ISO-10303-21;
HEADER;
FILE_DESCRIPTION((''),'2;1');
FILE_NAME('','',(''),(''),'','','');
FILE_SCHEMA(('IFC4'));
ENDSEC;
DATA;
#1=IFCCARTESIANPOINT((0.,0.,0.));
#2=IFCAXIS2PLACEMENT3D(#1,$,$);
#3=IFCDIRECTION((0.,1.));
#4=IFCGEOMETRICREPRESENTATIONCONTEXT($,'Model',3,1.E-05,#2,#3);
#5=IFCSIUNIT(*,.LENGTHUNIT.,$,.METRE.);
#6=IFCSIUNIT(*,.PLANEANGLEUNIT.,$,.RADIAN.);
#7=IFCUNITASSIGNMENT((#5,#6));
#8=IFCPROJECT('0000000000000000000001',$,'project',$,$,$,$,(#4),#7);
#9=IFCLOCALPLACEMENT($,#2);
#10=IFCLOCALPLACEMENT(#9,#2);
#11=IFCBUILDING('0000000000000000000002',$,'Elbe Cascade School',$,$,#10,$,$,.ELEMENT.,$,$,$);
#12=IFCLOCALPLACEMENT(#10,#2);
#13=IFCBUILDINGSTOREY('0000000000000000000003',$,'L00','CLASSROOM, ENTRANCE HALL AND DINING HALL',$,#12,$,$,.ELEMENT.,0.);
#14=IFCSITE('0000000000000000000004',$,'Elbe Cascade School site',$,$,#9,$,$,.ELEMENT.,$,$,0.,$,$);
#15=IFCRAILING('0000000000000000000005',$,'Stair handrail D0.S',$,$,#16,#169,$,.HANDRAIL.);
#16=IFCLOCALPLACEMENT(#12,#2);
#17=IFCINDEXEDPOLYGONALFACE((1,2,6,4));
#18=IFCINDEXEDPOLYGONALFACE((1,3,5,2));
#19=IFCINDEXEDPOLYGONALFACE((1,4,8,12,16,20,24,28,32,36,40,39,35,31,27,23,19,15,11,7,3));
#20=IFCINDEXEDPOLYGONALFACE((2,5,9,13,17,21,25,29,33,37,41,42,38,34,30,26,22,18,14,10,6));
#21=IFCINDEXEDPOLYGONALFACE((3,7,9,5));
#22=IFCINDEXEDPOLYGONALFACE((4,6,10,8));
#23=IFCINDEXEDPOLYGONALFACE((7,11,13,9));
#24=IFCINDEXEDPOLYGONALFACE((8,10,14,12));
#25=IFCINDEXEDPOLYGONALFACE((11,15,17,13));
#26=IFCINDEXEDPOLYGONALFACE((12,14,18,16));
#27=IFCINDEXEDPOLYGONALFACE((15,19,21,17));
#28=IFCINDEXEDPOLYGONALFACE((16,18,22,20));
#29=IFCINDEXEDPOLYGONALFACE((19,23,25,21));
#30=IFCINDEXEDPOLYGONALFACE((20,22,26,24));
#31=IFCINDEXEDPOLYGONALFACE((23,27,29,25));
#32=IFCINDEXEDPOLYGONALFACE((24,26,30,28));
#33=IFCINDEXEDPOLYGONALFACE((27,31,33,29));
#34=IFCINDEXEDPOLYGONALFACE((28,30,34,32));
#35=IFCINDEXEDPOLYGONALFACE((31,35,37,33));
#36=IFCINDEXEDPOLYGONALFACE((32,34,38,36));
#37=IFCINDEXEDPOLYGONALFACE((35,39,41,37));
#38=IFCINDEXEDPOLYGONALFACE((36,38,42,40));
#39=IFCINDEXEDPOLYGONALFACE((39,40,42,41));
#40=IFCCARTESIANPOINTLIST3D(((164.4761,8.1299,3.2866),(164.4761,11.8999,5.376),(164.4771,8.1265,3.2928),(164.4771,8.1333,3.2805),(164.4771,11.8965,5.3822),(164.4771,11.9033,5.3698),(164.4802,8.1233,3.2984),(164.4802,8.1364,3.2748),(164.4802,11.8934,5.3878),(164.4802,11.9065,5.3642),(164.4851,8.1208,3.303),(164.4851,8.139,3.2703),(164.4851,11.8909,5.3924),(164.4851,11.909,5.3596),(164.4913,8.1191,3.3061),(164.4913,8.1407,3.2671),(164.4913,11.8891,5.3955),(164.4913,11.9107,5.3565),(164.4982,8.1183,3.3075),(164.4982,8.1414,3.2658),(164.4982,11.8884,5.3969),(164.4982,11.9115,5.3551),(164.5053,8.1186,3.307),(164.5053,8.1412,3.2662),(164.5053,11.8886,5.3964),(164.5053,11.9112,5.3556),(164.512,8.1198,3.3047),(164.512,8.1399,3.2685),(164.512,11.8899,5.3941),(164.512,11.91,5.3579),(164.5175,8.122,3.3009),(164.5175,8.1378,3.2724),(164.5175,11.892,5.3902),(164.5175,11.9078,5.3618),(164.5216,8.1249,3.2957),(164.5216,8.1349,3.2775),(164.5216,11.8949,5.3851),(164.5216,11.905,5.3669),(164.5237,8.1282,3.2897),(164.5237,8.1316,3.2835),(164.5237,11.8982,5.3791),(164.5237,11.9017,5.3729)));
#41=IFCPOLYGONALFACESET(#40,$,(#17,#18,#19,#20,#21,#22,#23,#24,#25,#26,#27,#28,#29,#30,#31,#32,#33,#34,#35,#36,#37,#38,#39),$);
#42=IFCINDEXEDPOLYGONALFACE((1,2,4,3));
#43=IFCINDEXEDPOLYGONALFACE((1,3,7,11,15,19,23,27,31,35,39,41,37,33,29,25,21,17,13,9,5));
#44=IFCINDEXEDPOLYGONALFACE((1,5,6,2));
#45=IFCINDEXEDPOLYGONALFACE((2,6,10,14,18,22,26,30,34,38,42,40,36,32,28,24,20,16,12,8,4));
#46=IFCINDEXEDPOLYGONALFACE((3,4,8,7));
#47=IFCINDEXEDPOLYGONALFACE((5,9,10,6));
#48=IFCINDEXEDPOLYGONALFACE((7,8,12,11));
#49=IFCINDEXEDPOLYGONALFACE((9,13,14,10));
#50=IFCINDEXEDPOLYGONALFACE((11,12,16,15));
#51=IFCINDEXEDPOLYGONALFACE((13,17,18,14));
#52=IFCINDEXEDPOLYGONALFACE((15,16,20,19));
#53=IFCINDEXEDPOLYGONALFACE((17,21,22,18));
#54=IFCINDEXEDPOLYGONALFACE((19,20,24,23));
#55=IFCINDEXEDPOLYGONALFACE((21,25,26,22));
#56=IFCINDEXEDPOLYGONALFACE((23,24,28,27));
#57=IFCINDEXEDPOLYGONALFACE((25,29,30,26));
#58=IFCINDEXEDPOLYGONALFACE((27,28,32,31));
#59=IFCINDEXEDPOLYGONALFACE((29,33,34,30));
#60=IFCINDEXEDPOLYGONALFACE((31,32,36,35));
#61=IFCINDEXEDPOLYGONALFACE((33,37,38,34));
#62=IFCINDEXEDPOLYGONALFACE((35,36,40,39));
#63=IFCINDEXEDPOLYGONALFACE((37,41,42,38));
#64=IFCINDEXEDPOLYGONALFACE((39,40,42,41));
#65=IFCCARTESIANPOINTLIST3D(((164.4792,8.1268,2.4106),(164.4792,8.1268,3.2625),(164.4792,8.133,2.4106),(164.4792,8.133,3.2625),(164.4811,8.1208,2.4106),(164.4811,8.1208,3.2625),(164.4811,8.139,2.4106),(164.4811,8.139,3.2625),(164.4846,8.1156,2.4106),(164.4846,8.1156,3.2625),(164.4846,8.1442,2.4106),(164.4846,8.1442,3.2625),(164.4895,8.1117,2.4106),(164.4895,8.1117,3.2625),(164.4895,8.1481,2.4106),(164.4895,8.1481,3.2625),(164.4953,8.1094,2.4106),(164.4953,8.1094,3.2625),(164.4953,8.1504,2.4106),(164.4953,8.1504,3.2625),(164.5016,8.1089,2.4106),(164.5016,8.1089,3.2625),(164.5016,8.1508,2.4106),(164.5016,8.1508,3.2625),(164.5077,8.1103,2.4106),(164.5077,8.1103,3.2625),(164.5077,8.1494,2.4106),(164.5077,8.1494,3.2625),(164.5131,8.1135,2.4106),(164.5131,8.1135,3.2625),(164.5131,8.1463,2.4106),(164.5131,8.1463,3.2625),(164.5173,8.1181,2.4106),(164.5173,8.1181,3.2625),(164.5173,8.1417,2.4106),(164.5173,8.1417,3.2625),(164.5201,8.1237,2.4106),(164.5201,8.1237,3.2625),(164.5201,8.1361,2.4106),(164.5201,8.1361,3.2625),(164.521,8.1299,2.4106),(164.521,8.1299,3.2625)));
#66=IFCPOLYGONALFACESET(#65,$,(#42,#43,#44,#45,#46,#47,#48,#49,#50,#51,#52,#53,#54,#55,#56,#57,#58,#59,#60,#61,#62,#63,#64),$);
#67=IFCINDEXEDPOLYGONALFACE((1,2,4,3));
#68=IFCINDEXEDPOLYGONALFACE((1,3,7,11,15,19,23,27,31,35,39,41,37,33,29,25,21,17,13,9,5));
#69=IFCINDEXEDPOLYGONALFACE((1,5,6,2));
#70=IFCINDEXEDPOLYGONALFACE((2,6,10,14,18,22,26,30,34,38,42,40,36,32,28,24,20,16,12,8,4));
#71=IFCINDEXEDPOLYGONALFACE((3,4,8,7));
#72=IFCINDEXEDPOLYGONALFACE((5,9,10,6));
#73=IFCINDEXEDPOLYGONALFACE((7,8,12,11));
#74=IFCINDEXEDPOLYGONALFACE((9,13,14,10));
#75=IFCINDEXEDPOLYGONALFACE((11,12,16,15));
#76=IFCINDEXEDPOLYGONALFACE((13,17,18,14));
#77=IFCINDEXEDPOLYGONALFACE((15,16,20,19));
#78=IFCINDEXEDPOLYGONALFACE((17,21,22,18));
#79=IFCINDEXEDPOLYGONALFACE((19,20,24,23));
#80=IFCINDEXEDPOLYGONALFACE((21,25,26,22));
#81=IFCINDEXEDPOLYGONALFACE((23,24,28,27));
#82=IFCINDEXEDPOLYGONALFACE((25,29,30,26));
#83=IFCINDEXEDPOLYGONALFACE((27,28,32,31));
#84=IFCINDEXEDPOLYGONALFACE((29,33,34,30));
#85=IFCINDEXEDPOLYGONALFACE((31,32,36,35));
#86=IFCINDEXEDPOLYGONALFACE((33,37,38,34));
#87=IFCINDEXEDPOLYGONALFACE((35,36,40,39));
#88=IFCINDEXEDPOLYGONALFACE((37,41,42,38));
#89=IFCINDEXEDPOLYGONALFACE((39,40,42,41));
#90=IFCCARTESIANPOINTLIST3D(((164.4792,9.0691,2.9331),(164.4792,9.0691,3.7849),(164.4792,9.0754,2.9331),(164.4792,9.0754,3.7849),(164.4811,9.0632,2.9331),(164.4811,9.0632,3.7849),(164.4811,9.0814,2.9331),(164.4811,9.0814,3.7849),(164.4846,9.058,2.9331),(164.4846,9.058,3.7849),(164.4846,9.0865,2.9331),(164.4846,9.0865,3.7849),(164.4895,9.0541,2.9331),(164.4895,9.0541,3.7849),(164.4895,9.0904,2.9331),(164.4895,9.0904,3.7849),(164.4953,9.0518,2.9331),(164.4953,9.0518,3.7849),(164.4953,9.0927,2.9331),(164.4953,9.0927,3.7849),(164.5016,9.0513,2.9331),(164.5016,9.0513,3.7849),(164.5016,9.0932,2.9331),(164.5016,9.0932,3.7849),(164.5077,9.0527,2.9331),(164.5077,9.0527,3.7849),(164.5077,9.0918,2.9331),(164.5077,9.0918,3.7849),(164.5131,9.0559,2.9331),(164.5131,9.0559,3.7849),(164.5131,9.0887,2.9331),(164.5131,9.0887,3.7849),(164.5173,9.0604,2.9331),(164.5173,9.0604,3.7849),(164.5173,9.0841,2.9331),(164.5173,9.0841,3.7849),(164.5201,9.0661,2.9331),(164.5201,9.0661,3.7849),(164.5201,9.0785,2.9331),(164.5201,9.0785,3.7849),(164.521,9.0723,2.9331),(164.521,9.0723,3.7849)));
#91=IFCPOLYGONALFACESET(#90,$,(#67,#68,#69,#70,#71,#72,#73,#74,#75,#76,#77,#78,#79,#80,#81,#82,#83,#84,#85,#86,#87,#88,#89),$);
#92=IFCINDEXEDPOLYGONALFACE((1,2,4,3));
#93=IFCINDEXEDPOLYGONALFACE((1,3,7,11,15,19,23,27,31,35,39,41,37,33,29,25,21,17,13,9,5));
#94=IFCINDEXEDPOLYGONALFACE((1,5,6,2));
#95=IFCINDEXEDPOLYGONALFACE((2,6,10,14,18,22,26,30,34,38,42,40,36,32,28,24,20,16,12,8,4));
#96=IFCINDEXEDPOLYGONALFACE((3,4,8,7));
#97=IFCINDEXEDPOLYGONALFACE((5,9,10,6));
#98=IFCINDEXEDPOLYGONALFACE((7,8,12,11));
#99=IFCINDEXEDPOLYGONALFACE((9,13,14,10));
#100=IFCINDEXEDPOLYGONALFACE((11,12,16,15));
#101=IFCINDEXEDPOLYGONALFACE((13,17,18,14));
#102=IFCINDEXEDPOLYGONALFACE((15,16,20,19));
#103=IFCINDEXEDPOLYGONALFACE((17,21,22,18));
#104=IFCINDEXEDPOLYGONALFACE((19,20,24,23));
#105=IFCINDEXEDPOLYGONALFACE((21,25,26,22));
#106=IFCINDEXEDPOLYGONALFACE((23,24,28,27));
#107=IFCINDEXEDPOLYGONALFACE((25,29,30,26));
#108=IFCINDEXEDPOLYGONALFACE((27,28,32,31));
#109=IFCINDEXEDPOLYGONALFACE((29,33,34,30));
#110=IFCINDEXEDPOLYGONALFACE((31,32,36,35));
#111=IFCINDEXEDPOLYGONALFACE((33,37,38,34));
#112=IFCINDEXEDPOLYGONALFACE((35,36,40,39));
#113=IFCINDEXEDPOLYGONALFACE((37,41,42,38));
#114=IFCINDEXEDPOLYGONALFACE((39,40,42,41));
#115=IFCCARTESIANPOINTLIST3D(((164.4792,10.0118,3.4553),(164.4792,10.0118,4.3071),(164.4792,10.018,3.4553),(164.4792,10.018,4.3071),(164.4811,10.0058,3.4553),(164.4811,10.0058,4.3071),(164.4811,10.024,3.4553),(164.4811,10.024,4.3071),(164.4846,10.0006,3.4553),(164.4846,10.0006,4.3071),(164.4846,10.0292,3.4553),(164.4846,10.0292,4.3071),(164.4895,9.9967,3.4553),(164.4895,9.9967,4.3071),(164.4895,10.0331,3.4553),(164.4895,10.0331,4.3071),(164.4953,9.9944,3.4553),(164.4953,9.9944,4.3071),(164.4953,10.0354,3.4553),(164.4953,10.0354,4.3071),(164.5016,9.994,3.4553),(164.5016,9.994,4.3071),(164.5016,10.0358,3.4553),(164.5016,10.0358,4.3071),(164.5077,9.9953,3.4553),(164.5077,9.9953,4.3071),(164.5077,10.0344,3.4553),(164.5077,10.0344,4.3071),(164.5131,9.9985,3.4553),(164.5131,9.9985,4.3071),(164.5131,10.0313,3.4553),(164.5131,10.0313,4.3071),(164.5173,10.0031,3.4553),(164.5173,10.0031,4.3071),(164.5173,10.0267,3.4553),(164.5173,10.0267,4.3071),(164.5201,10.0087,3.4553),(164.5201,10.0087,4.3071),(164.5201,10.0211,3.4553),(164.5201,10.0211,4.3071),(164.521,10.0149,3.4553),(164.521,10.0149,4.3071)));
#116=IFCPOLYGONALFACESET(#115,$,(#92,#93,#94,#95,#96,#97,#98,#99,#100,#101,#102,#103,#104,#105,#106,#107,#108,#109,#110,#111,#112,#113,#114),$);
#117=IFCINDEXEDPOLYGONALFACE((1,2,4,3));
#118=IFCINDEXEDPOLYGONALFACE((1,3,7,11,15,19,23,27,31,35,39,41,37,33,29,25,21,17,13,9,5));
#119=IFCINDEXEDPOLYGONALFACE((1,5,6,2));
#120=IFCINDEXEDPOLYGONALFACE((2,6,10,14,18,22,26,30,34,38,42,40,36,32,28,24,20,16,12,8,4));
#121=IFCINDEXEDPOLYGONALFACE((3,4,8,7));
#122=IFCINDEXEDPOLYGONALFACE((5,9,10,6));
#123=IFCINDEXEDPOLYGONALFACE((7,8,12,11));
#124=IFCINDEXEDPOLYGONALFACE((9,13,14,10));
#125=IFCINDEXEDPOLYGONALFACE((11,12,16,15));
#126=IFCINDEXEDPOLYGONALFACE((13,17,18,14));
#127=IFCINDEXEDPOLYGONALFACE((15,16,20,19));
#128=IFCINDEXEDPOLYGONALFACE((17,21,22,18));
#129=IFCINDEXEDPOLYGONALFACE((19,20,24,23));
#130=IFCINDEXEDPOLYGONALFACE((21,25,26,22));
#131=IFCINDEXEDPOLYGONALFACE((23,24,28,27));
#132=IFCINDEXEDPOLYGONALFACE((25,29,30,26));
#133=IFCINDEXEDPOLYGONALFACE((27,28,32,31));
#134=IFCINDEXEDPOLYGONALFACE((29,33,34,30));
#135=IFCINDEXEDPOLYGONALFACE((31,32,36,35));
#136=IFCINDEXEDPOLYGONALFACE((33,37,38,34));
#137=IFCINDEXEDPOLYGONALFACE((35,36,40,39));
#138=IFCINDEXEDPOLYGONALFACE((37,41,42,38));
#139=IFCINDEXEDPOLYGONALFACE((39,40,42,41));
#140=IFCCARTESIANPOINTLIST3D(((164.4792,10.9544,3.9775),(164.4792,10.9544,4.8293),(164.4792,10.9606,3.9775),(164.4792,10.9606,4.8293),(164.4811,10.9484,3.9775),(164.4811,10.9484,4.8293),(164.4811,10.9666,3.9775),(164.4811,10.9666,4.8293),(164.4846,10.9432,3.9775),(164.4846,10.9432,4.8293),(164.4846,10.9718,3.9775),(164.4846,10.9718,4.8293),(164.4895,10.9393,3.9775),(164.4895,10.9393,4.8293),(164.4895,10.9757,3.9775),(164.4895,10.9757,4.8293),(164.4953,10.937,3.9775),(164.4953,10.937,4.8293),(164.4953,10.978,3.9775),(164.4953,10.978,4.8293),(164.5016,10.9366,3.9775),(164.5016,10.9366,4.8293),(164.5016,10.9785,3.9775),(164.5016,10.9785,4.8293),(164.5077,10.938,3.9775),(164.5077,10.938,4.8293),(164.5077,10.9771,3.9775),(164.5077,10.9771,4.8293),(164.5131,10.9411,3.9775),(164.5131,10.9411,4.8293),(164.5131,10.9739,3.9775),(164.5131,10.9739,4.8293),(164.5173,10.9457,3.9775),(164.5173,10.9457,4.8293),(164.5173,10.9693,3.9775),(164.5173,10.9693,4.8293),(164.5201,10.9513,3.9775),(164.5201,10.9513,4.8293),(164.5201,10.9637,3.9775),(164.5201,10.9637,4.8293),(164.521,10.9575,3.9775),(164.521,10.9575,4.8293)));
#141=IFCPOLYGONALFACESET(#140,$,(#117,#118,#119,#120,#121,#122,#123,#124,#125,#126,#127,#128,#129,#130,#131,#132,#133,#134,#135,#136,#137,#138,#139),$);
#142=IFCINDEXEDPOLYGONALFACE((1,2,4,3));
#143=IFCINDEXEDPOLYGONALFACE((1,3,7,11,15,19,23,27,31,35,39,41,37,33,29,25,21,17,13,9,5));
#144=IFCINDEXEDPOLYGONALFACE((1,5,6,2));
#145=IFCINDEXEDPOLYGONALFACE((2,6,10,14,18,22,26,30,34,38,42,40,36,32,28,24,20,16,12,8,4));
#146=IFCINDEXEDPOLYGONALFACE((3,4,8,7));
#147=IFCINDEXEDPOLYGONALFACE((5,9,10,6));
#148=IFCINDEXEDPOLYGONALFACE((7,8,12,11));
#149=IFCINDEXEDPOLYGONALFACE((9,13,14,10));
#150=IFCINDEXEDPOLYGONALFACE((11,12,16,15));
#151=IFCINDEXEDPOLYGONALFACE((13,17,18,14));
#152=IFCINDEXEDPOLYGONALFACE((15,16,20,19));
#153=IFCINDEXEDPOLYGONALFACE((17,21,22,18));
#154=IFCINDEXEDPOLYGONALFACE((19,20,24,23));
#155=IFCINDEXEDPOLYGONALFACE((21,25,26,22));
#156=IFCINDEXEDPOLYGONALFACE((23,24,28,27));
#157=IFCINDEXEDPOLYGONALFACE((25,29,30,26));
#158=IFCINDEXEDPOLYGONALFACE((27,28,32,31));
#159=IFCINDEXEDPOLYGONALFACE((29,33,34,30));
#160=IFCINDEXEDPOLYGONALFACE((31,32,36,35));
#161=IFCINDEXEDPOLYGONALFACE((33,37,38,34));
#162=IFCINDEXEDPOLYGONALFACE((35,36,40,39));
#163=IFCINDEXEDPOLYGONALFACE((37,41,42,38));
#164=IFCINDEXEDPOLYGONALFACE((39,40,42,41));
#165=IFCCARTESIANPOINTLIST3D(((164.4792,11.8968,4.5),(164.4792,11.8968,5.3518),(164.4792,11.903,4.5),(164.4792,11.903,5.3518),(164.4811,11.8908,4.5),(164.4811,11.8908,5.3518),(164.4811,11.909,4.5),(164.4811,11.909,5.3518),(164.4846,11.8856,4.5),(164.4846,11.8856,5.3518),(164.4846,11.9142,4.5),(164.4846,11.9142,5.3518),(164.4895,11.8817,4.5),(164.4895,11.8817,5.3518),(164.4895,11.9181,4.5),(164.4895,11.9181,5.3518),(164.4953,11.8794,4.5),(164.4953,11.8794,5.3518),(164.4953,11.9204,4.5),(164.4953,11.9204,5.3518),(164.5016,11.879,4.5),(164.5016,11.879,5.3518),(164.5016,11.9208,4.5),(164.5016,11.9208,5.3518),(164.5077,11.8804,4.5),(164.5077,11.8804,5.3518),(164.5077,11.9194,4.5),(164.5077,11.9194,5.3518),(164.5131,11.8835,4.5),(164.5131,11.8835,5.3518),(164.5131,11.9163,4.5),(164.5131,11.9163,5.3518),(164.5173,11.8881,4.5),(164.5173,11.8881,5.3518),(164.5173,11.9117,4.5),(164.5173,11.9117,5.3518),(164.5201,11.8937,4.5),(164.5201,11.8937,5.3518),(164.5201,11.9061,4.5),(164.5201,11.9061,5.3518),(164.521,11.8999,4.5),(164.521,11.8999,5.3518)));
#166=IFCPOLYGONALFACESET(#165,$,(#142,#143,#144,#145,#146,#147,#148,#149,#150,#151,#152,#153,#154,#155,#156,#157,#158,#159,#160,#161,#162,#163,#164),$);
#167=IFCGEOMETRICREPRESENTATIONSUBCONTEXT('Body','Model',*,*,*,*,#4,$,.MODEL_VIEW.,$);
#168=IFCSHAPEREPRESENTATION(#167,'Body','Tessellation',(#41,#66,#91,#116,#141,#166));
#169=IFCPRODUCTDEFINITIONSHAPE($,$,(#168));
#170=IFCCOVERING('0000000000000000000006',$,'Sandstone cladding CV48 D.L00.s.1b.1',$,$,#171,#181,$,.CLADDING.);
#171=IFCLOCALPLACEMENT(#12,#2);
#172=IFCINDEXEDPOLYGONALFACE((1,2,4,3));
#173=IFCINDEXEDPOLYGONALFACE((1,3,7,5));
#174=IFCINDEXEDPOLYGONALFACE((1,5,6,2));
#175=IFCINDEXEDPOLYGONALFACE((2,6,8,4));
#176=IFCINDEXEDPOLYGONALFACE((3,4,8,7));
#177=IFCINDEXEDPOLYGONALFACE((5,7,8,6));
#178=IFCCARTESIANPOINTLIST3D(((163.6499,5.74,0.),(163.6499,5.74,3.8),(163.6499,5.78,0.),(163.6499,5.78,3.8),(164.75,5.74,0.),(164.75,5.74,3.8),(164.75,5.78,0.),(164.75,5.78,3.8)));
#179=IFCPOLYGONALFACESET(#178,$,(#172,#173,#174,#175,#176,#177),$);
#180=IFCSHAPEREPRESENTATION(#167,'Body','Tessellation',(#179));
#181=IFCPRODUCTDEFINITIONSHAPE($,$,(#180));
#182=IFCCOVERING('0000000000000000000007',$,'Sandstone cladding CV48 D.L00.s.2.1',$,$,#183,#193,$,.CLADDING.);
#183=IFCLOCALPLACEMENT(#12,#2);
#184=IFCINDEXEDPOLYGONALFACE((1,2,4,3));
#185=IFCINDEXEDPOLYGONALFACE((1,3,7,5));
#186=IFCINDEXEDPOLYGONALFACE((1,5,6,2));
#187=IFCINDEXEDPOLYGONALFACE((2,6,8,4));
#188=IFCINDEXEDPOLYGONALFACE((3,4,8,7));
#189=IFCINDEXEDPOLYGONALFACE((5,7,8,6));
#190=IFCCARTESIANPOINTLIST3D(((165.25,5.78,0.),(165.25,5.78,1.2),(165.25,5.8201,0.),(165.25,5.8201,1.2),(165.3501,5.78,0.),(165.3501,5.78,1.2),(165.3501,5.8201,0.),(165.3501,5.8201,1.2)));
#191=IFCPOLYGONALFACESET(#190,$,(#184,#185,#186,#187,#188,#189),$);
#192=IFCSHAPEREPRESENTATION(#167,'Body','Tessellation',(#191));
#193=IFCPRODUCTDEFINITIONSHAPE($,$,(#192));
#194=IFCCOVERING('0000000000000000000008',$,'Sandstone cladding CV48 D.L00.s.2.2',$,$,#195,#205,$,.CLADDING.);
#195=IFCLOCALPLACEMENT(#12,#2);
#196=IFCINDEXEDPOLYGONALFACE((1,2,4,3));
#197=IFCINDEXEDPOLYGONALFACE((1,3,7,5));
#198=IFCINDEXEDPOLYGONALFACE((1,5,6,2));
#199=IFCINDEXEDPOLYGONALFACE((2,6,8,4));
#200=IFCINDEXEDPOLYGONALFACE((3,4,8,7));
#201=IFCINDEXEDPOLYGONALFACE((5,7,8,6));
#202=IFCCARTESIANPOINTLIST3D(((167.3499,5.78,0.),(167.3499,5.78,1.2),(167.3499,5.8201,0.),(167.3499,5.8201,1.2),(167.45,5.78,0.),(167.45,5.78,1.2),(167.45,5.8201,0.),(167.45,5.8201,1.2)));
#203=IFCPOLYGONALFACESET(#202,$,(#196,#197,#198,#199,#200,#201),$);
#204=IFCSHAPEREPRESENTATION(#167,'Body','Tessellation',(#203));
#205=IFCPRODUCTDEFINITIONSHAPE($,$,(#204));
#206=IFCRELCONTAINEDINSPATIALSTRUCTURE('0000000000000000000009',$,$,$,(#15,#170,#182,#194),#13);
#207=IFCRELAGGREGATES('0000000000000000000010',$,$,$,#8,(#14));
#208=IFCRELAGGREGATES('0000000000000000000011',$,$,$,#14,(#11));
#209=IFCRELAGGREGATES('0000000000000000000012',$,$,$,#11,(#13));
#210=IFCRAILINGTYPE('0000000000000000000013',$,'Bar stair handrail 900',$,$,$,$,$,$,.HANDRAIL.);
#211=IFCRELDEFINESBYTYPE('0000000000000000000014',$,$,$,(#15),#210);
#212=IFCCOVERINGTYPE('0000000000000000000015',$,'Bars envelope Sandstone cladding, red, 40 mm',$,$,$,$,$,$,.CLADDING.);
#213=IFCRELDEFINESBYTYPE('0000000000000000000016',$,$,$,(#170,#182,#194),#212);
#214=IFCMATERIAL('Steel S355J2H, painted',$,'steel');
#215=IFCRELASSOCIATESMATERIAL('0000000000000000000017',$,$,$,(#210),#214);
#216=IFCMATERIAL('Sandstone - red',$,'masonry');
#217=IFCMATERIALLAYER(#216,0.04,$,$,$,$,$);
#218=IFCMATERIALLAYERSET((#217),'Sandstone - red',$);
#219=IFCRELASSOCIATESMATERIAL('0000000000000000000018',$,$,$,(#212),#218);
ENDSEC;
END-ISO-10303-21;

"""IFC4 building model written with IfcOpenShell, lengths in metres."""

from ifc_helpers import new_model, si_unit, direction, frame, origin, origin_2d, place, context, subcontext, project, spatial, rectangle, circle, extrude, material, layer, layer_set, type_object, element, save


model = new_model("IFC4")

# Units and contexts
model_context = context("Model", 3, precision=1e-05, world=origin(), true_north=direction((0.0, 1.0)))
body_context = subcontext(model_context, "Body", "Model", "MODEL_VIEW")
ifc_project = project(units=[si_unit("LENGTHUNIT", "METRE"), si_unit("PLANEANGLEUNIT", "RADIAN")], contexts=[model_context])

# Site, building, storey
site_placement = place(None, origin())
site = spatial("IfcSite", under=ifc_project, at=site_placement, Name="Elbe Cascade School site", CompositionType="ELEMENT", RefElevation=0.0)
building_placement = place(site_placement, origin())
building = spatial("IfcBuilding", under=site, at=building_placement, Name="Elbe Cascade School", CompositionType="ELEMENT")
storey_placement = place(building_placement, origin())
storey = spatial("IfcBuildingStorey", under=building, at=storey_placement, Name="L00", Description="CLASSROOM, ENTRANCE HALL AND DINING HALL", CompositionType="ELEMENT", Elevation=0.0)

# Railing
ifc_material_1 = material(Name="Steel S355J2H, painted", Category="steel")
railing_type = type_object("IfcRailingType", Name="Bar stair handrail 900", PredefinedType="HANDRAIL", material=ifc_material_1)
railing_placement = place(storey_placement, frame((164.5, 8.1299, 2.4106)))
element("IfcRailing", 1, at=railing_placement, inside=storey, type_object=railing_type, Name="Stair handrail D0.S", PredefinedType="HANDRAIL", context=body_context, shape_type="SweptSolid", body=[
    extrude(circle(Radius=0.0239, at=origin_2d()), frame((0.0, 0.0, 0.876), z_axis=(0.0, 0.874659, 0.484739), x_axis=(-1.0, 0.0, 0.0)), (0.0, 0.0, 1.0), 4.3103),
    extrude(circle(Radius=0.021, at=origin_2d()), origin(), (0.0, 0.0, 1.0), 0.8518),
    extrude(circle(Radius=0.021, at=origin_2d()), frame((0.0, 0.9424, 0.5225)), (0.0, 0.0, 1.0), 0.8518),
    extrude(circle(Radius=0.021, at=origin_2d()), frame((0.0, 1.885, 1.0447)), (0.0, 0.0, 1.0), 0.8518),
    extrude(circle(Radius=0.021, at=origin_2d()), frame((0.0, 2.8276, 1.5669)), (0.0, 0.0, 1.0), 0.8518),
    extrude(circle(Radius=0.021, at=origin_2d()), frame((0.0, 3.77, 2.0894)), (0.0, 0.0, 1.0), 0.8518),
])

# Coverings
ifc_material_2 = material(Name="Sandstone - red", Category="masonry")
ifc_layer_1 = layer(ifc_material_2, 0.04)
ifc_layer_set_1 = layer_set([ifc_layer_1], Name="Sandstone - red")
covering_type = type_object("IfcCoveringType", Name="Bars envelope Sandstone cladding, red, 40 mm", PredefinedType="CLADDING", material=ifc_layer_set_1)
covering_placement = place(storey_placement, frame((164.2, 5.76, 0.0), z_axis=(0.0, 0.0, 1.0), x_axis=(1.0, 0.0, 0.0)))
element("IfcCovering", 2, at=covering_placement, inside=storey, type_object=covering_type, Name="Sandstone cladding CV48 D.L00.s.1b.1", PredefinedType="CLADDING", context=body_context, shape_type="SweptSolid", body=[
    extrude(rectangle(XDim=1.1001, YDim=0.04, at=origin_2d()), origin(), (0.0, 0.0, 1.0), 3.8),
])
for number, where, z_axis, x_axis, name in (
    (3, (165.3, 5.8, 0.0), (0.0, 0.0, 1.0), (1.0, 0.0, 0.0), "Sandstone cladding CV48 D.L00.s.2.1"),
    (4, (167.3999, 5.8, 0.0), (0.0, 0.0, 1.0), (1.0, 0.0, 0.0), "Sandstone cladding CV48 D.L00.s.2.2"),
):
    element("IfcCovering", number, at=place(storey_placement, frame(where, z_axis=z_axis, x_axis=x_axis)), inside=storey, type_object=covering_type, Name=name, PredefinedType="CLADDING", context=body_context, shape_type="SweptSolid", body=[
        extrude(rectangle(XDim=0.1001, YDim=0.04, at=origin_2d()), origin(), (0.0, 0.0, 1.0), 1.2),
    ])

save(model, "model.ifc")
